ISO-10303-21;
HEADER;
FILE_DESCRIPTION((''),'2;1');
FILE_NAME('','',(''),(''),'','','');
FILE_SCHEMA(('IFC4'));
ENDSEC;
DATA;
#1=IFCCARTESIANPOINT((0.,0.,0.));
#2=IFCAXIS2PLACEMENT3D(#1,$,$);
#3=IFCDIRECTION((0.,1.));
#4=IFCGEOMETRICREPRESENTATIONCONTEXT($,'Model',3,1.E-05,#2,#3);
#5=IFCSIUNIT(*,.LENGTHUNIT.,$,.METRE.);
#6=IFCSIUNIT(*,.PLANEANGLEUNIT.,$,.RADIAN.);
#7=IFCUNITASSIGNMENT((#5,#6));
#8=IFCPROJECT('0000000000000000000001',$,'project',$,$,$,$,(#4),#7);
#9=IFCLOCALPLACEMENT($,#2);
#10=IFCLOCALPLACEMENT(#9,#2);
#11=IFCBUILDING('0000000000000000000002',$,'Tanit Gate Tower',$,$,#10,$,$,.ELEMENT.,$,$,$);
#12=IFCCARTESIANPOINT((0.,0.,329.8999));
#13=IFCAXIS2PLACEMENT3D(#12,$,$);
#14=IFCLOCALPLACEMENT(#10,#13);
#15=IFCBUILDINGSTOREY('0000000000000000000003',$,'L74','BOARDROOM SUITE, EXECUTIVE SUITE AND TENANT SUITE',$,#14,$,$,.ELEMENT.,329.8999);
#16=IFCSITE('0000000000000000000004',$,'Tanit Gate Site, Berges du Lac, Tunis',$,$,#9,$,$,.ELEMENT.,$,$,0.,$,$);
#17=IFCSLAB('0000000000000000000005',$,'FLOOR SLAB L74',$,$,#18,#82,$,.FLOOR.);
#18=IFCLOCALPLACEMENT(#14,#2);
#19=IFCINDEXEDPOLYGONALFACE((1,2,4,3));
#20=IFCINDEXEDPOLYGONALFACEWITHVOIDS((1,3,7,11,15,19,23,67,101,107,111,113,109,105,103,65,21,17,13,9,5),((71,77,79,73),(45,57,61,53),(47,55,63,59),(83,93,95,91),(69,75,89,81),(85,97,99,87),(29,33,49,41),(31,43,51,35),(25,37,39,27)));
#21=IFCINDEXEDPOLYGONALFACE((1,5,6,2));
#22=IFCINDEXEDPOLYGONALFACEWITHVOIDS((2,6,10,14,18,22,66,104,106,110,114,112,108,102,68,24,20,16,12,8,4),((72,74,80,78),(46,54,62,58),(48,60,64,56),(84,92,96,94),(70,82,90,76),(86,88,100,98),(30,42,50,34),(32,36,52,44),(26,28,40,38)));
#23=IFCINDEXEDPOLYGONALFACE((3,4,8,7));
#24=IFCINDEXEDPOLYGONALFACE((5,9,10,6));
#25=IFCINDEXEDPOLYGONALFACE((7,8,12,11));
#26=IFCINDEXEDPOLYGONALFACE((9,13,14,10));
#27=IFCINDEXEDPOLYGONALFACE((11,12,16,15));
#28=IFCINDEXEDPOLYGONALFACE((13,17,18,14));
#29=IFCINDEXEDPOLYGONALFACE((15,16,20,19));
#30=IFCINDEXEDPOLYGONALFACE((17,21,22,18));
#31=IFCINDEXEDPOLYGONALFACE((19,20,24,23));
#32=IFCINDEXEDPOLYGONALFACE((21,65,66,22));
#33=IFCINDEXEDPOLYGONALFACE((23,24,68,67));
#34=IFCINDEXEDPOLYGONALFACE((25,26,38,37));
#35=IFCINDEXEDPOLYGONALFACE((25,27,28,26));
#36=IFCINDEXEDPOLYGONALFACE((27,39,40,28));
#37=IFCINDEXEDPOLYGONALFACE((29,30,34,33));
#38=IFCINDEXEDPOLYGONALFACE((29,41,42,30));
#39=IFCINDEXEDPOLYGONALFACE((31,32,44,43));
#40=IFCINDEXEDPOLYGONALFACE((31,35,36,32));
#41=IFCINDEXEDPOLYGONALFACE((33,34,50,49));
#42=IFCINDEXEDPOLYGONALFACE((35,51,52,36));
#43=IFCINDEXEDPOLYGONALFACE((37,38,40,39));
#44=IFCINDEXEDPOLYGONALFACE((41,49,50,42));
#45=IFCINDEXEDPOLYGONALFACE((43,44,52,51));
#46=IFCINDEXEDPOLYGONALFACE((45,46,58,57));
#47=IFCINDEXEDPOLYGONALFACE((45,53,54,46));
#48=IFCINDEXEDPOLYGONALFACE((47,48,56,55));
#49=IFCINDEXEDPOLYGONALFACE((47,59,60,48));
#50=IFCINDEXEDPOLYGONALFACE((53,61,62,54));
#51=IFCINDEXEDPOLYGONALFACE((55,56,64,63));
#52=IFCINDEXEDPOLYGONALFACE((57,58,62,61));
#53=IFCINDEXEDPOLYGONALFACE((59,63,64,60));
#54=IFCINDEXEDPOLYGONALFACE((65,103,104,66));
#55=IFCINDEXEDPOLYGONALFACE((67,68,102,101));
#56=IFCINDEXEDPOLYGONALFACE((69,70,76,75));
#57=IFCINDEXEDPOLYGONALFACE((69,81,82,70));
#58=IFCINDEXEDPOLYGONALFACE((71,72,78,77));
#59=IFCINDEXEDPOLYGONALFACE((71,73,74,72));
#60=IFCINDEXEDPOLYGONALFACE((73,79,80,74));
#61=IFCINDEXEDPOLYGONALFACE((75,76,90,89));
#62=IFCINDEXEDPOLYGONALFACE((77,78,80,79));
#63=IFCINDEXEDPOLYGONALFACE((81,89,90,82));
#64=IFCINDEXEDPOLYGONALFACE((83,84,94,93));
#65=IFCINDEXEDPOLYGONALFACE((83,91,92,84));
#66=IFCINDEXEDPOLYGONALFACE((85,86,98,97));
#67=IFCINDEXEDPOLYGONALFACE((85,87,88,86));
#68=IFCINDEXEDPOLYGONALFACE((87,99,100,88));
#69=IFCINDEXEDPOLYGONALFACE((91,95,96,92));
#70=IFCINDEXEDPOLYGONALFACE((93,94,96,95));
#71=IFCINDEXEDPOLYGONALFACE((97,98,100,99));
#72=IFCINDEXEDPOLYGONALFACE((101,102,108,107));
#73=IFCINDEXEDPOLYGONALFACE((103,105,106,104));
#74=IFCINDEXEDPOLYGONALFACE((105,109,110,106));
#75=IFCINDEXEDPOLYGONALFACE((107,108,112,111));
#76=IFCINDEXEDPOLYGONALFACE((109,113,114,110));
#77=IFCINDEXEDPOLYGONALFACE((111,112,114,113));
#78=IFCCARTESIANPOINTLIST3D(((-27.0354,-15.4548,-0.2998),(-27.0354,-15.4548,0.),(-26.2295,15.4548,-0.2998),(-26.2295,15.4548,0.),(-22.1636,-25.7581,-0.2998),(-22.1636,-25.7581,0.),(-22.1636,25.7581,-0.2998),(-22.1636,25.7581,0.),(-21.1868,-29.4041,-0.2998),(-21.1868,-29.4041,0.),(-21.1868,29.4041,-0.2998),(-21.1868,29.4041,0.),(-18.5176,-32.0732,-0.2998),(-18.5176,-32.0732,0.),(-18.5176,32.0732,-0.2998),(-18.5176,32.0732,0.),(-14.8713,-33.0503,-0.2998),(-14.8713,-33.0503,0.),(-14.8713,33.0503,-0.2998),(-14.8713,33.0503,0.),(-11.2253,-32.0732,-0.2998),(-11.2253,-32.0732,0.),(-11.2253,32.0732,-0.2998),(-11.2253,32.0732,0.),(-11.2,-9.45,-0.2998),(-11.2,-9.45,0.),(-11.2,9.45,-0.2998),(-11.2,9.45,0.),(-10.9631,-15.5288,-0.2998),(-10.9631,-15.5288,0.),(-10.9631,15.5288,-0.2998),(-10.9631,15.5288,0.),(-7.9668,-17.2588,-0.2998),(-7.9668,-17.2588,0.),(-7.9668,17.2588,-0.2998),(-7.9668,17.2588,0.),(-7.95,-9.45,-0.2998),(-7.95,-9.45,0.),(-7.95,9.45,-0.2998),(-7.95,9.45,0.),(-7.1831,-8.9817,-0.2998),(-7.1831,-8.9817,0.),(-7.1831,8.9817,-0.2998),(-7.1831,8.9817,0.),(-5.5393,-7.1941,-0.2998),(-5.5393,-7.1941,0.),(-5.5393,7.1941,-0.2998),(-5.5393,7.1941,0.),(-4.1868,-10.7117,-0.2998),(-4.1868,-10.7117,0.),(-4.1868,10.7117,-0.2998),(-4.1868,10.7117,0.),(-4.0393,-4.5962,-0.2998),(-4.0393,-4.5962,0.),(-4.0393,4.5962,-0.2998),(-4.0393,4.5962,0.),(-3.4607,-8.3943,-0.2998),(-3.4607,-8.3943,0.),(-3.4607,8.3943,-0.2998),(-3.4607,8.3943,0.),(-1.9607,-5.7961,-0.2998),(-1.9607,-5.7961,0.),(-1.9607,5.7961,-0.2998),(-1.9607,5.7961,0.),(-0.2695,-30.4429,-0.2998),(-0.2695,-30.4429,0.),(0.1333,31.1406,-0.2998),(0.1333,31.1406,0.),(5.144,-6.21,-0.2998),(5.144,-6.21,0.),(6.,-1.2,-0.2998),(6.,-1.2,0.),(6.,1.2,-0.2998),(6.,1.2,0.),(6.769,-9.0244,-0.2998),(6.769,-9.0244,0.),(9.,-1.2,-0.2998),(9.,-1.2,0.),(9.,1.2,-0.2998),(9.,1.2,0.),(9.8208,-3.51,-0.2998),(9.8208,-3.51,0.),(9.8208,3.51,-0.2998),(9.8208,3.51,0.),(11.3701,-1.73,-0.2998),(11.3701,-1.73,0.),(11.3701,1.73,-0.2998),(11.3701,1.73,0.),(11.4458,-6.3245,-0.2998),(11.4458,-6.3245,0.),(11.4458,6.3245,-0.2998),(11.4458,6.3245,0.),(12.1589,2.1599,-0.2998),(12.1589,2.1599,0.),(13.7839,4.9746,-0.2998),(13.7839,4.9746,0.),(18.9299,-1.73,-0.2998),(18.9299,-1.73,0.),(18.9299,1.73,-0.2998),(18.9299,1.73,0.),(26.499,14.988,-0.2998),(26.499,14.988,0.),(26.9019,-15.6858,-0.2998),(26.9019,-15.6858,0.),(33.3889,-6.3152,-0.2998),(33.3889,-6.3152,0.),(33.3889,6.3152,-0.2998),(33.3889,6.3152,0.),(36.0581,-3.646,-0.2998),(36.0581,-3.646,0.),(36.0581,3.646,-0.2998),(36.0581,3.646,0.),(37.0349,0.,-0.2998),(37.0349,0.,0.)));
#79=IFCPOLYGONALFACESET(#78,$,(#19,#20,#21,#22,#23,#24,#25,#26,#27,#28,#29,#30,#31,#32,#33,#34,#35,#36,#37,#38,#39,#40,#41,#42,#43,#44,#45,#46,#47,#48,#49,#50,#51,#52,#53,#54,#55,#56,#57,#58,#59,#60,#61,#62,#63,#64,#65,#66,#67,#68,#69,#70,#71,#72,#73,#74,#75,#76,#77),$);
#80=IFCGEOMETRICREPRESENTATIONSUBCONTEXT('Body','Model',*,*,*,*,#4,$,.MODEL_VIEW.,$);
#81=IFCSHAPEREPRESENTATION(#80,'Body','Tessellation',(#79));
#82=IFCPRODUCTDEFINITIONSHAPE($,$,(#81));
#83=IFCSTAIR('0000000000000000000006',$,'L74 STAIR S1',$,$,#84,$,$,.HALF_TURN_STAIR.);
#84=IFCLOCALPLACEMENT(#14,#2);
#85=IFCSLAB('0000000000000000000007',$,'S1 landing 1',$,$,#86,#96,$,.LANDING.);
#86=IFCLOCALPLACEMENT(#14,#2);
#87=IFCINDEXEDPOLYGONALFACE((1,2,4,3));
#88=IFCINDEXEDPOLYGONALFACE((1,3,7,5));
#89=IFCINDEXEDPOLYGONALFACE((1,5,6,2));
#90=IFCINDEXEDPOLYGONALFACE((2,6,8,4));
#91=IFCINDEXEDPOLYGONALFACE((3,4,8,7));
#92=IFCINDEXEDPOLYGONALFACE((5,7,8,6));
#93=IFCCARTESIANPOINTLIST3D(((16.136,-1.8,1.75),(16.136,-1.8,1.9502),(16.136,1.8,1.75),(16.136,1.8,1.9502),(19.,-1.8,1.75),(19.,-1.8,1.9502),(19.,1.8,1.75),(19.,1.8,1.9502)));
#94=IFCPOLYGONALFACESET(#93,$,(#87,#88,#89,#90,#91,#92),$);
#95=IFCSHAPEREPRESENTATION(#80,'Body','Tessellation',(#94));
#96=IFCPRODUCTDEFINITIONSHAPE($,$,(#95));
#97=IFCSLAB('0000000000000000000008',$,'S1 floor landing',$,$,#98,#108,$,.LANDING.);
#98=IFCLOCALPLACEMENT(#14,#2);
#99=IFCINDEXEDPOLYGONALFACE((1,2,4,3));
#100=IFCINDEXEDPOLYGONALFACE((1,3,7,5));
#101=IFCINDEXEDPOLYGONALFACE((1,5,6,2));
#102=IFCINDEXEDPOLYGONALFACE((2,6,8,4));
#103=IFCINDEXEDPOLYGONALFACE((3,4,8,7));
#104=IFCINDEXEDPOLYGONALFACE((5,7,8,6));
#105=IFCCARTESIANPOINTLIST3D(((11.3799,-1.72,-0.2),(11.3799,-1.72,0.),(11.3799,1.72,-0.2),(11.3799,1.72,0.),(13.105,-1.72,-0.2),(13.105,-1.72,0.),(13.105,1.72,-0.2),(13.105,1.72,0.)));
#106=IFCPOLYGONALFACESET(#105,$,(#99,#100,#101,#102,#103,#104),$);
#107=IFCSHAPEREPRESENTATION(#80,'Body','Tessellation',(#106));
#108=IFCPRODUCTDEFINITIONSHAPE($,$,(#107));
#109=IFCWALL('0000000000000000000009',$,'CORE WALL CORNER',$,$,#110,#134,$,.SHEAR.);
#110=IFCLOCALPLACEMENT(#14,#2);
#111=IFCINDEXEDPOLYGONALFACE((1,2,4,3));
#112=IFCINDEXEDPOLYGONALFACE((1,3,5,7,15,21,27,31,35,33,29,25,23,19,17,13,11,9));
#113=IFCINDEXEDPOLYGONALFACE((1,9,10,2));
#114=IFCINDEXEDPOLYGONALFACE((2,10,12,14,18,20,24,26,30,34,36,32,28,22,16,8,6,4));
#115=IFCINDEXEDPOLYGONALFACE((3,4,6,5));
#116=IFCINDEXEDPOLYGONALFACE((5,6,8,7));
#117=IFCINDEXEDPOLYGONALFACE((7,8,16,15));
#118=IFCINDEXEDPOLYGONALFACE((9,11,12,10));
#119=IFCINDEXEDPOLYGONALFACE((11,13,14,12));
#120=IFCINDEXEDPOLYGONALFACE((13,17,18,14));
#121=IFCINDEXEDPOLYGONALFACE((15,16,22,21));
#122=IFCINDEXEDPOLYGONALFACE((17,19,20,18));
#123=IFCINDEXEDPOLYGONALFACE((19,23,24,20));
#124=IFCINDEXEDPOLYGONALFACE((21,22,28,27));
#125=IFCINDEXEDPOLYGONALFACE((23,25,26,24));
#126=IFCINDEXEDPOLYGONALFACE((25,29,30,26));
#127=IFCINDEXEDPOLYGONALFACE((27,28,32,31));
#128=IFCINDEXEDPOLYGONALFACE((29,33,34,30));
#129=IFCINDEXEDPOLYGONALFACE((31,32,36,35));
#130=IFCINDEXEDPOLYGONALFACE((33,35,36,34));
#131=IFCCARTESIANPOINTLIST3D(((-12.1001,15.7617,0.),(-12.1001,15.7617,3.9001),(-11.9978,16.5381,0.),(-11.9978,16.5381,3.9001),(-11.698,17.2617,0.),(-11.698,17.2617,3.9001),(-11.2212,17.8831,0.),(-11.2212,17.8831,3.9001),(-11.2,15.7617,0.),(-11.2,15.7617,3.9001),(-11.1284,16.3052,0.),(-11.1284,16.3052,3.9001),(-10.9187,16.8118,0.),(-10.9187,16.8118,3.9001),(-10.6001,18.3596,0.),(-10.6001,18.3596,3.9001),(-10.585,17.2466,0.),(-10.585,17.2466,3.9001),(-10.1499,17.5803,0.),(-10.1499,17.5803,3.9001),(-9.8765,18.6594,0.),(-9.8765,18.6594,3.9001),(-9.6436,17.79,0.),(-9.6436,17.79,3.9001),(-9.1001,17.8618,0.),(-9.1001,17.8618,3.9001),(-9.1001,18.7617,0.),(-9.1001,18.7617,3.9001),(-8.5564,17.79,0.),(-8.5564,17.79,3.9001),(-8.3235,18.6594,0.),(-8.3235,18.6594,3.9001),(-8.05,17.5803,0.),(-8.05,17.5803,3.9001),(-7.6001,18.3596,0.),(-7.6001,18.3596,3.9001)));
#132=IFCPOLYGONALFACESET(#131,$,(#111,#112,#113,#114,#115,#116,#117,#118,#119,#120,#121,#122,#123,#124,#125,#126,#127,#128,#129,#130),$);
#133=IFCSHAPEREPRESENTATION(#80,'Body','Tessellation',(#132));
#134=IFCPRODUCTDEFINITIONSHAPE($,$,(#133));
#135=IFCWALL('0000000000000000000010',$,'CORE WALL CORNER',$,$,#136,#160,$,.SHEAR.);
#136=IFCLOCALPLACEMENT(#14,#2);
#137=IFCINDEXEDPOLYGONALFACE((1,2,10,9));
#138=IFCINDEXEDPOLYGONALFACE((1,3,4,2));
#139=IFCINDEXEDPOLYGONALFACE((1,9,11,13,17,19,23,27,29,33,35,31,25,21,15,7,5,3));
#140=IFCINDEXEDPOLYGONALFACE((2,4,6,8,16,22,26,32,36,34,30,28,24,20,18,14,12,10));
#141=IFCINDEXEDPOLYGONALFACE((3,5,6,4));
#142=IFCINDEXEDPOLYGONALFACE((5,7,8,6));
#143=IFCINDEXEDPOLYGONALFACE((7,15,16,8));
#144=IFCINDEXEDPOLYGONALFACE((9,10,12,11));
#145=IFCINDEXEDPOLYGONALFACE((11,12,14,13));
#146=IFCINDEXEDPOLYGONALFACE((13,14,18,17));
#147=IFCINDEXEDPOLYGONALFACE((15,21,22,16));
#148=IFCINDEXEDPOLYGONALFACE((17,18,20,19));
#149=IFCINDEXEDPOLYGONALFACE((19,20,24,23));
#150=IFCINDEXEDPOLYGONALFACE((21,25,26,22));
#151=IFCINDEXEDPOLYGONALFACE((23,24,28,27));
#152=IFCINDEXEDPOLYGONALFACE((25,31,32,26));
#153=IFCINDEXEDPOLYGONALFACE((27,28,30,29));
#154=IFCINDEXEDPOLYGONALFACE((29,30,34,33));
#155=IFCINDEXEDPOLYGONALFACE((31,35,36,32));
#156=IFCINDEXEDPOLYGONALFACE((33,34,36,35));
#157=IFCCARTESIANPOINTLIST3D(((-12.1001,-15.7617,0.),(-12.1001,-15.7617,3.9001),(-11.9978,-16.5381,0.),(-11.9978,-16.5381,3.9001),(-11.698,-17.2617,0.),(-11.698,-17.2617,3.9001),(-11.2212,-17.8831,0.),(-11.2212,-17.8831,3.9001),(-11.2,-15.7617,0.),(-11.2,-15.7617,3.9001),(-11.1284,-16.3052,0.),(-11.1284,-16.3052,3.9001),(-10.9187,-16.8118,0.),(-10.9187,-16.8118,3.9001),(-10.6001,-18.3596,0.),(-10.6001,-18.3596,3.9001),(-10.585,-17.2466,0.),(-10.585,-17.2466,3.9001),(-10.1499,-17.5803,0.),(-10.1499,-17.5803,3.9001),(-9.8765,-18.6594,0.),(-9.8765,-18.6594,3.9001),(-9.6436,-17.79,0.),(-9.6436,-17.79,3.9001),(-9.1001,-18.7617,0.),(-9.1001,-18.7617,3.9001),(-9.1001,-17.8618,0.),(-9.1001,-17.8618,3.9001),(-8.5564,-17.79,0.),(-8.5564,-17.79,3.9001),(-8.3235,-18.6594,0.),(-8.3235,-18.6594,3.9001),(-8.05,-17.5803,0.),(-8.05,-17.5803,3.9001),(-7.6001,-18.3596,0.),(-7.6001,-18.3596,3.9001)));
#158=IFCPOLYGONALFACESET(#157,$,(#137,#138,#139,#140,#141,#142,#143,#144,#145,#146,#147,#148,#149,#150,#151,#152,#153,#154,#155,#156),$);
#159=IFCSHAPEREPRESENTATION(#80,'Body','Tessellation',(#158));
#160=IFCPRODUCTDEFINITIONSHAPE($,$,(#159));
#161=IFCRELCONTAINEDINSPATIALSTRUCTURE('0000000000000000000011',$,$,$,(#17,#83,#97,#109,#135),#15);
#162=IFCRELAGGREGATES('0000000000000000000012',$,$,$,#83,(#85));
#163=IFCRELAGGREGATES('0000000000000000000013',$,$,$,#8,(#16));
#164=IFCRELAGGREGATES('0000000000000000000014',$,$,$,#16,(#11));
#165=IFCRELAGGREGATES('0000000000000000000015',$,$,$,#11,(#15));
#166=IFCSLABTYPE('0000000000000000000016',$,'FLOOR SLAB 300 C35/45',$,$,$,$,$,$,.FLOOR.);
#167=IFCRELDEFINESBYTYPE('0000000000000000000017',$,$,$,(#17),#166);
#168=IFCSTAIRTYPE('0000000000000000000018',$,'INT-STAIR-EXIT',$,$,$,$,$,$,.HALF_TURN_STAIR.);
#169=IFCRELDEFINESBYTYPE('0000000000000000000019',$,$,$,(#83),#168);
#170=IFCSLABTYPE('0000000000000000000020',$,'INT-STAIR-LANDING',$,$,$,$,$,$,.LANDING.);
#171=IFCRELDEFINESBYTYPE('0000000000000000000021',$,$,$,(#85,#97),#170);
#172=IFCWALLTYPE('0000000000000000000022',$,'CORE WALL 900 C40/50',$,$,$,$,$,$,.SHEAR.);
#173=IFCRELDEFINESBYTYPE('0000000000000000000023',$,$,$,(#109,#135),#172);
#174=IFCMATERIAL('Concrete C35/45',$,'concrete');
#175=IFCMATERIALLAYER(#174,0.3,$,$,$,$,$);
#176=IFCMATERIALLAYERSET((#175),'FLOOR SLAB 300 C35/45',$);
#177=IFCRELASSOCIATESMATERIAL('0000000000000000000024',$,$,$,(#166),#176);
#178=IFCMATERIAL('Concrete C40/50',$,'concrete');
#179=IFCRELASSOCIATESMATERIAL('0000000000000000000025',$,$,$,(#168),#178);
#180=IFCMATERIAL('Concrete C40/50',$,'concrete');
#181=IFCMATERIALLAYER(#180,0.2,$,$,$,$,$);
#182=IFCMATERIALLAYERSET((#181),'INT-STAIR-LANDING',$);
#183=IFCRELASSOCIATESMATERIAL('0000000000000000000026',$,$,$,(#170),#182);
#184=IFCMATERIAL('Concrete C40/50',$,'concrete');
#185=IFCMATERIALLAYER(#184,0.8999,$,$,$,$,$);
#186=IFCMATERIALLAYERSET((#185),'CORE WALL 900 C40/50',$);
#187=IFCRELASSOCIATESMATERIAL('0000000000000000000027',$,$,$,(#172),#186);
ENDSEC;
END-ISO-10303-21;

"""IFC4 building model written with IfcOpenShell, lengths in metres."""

from ifc_helpers import new_model, si_unit, direction, frame, origin, place, context, subcontext, project, spatial, polyline, outline, extrude, material, layer, layer_set, type_object, element, aggregate, save


model = new_model("IFC4")

# Units and contexts
model_context = context("Model", 3, precision=1e-05, world=origin(), true_north=direction((0.0, 1.0)))
body_context = subcontext(model_context, "Body", "Model", "MODEL_VIEW")
ifc_project = project(units=[si_unit("LENGTHUNIT", "METRE"), si_unit("PLANEANGLEUNIT", "RADIAN")], contexts=[model_context])

# Site, building, storey
site_placement = place(None, origin())
site = spatial("IfcSite", under=ifc_project, at=site_placement, Name="Tanit Gate Site, Berges du Lac, Tunis", CompositionType="ELEMENT", RefElevation=0.0)
building_placement = place(site_placement, origin())
building = spatial("IfcBuilding", under=site, at=building_placement, Name="Tanit Gate Tower", CompositionType="ELEMENT")
storey_placement = place(building_placement, frame((0.0, 0.0, 329.8999)))
storey = spatial("IfcBuildingStorey", under=building, at=storey_placement, Name="L74", Description="BOARDROOM SUITE, EXECUTIVE SUITE AND TENANT SUITE", CompositionType="ELEMENT", Elevation=329.8999)

# Slab
ifc_material_1 = material(Name="Concrete C35/45", Category="concrete")
ifc_layer_1 = layer(ifc_material_1, 0.3)
ifc_layer_set_1 = layer_set([ifc_layer_1], Name="FLOOR SLAB 300 C35/45")
slab_type_1 = type_object("IfcSlabType", Name="FLOOR SLAB 300 C35/45", PredefinedType="FLOOR", material=ifc_layer_set_1)
slab_1_placement = place(storey_placement, frame((0.0, 0.0, -0.2998)))
element("IfcSlab", 1, at=slab_1_placement, inside=storey, type_object=slab_type_1, Name="FLOOR SLAB L74", PredefinedType="FLOOR", context=body_context, shape_type="SweptSolid", body=[
    extrude(outline(polyline([(33.3889, 6.3152), (36.0581, 3.646), (37.0349, 0.0), (36.0581, -3.646), (33.3889, -6.3152), (26.9019, -15.6858), (-0.2695, -30.4429), (-11.2253, -32.0732), (-14.8713, -33.0503), (-18.5176, -32.0732), (-21.1868, -29.4041), (-22.1636, -25.7581), (-27.0354, -15.4548), (-26.2295, 15.4548), (-22.1636, 25.7581), (-21.1868, 29.4041), (-18.5176, 32.0732), (-14.8713, 33.0503), (-11.2253, 32.0732), (0.1333, 31.1406), (26.499, 14.988), (33.3889, 6.3152)]), holes=[polyline([(11.3701, 1.73), (18.9299, 1.73), (18.9299, -1.73), (11.3701, -1.73), (11.3701, 1.73)]), polyline([(12.1589, 2.1599), (9.8208, 3.51), (11.4458, 6.3245), (13.7839, 4.9746), (12.1589, 2.1599)]), polyline([(11.4458, -6.3245), (6.769, -9.0244), (5.144, -6.21), (9.8208, -3.51), (11.4458, -6.3245)]), polyline([(6.0, 1.2), (9.0, 1.2), (9.0, -1.2), (6.0, -1.2), (6.0, 1.2)]), polyline([(-4.0393, 4.5962), (-5.5393, 7.1941), (-3.4607, 8.3943), (-1.9607, 5.7961), (-4.0393, 4.5962)]), polyline([(-1.9607, -5.7961), (-3.4607, -8.3943), (-5.5393, -7.1941), (-4.0393, -4.5962), (-1.9607, -5.7961)]), polyline([(-7.1831, 8.9817), (-10.9631, 15.5288), (-7.9668, 17.2588), (-4.1868, 10.7117), (-7.1831, 8.9817)]), polyline([(-4.1868, -10.7117), (-7.9668, -17.2588), (-10.9631, -15.5288), (-7.1831, -8.9817), (-4.1868, -10.7117)]), polyline([(-11.2, -9.45), (-11.2, 9.45), (-7.95, 9.45), (-7.95, -9.45), (-11.2, -9.45)])]), origin(), (0.0, 0.0, 1.0), 0.2998),
])

# Stair, slab
ifc_material_2 = material(Name="Concrete C40/50", Category="concrete")
stair_type = type_object("IfcStairType", Name="INT-STAIR-EXIT", PredefinedType="HALF_TURN_STAIR", material=ifc_material_2)
stair_placement = place(storey_placement, origin())
stair = element("IfcStair", 2, at=stair_placement, inside=storey, type_object=stair_type, Name="L74 STAIR S1", PredefinedType="HALF_TURN_STAIR")
ifc_material_3 = material(Name="Concrete C40/50", Category="concrete")
ifc_layer_2 = layer(ifc_material_3, 0.2)
ifc_layer_set_2 = layer_set([ifc_layer_2], Name="INT-STAIR-LANDING")
slab_type_2 = type_object("IfcSlabType", Name="INT-STAIR-LANDING", PredefinedType="LANDING", material=ifc_layer_set_2)
slab_2_placement = place(storey_placement, frame((0.0, 0.0, 1.75)))
slab_2 = element("IfcSlab", 3, at=slab_2_placement, type_object=slab_type_2, Name="S1 landing 1", PredefinedType="LANDING", context=body_context, shape_type="SweptSolid", body=[
    extrude(outline(polyline([(16.136, -1.8), (19.0, -1.8), (19.0, 1.8), (16.136, 1.8), (16.136, -1.8)])), origin(), (0.0, 0.0, 1.0), 0.2002),
])
aggregate(stair, [slab_2])

# Slab
slab_3_placement = place(storey_placement, frame((0.0, 0.0, -0.2)))
element("IfcSlab", 4, at=slab_3_placement, inside=storey, type_object=slab_type_2, Name="S1 floor landing", PredefinedType="LANDING", context=body_context, shape_type="SweptSolid", body=[
    extrude(outline(polyline([(11.3799, -1.72), (13.105, -1.72), (13.105, 1.72), (11.3799, 1.72), (11.3799, -1.72)])), origin(), (0.0, 0.0, 1.0), 0.2),
])

# Walls
ifc_material_4 = material(Name="Concrete C40/50", Category="concrete")
ifc_layer_3 = layer(ifc_material_4, 0.8999)
ifc_layer_set_3 = layer_set([ifc_layer_3], Name="CORE WALL 900 C40/50")
wall_type_1 = type_object("IfcWallType", Name="CORE WALL 900 C40/50", PredefinedType="SHEAR", material=ifc_layer_set_3)
wall_1_placement = place(storey_placement, origin())
element("IfcWall", 5, at=wall_1_placement, inside=storey, type_object=wall_type_1, Name="CORE WALL CORNER", PredefinedType="SHEAR", context=body_context, shape_type="SweptSolid", body=[
    extrude(outline(polyline([(-7.6001, 18.3596), (-8.3235, 18.6594), (-9.1001, 18.7617), (-9.8765, 18.6594), (-10.6001, 18.3596), (-11.2212, 17.8831), (-11.698, 17.2617), (-11.9978, 16.5381), (-12.1001, 15.7617), (-11.2, 15.7617), (-11.1284, 16.3052), (-10.9187, 16.8118), (-10.585, 17.2466), (-10.1499, 17.5803), (-9.6436, 17.79), (-9.1001, 17.8618), (-8.5564, 17.79), (-8.05, 17.5803), (-7.6001, 18.3596)])), origin(), (0.0, 0.0, 1.0), 3.9001),
])
wall_2_placement = place(storey_placement, origin())
element("IfcWall", 6, at=wall_2_placement, inside=storey, type_object=wall_type_1, Name="CORE WALL CORNER", PredefinedType="SHEAR", context=body_context, shape_type="SweptSolid", body=[
    extrude(outline(polyline([(-12.1001, -15.7617), (-11.9978, -16.5381), (-11.698, -17.2617), (-11.2212, -17.8831), (-10.6001, -18.3596), (-9.8765, -18.6594), (-9.1001, -18.7617), (-8.3235, -18.6594), (-7.6001, -18.3596), (-8.05, -17.5803), (-8.5564, -17.79), (-9.1001, -17.8618), (-9.6436, -17.79), (-10.1499, -17.5803), (-10.585, -17.2466), (-10.9187, -16.8118), (-11.1284, -16.3052), (-11.2, -15.7617), (-12.1001, -15.7617)])), origin(), (0.0, 0.0, 1.0), 3.9001),
])

save(model, "model.ifc")
